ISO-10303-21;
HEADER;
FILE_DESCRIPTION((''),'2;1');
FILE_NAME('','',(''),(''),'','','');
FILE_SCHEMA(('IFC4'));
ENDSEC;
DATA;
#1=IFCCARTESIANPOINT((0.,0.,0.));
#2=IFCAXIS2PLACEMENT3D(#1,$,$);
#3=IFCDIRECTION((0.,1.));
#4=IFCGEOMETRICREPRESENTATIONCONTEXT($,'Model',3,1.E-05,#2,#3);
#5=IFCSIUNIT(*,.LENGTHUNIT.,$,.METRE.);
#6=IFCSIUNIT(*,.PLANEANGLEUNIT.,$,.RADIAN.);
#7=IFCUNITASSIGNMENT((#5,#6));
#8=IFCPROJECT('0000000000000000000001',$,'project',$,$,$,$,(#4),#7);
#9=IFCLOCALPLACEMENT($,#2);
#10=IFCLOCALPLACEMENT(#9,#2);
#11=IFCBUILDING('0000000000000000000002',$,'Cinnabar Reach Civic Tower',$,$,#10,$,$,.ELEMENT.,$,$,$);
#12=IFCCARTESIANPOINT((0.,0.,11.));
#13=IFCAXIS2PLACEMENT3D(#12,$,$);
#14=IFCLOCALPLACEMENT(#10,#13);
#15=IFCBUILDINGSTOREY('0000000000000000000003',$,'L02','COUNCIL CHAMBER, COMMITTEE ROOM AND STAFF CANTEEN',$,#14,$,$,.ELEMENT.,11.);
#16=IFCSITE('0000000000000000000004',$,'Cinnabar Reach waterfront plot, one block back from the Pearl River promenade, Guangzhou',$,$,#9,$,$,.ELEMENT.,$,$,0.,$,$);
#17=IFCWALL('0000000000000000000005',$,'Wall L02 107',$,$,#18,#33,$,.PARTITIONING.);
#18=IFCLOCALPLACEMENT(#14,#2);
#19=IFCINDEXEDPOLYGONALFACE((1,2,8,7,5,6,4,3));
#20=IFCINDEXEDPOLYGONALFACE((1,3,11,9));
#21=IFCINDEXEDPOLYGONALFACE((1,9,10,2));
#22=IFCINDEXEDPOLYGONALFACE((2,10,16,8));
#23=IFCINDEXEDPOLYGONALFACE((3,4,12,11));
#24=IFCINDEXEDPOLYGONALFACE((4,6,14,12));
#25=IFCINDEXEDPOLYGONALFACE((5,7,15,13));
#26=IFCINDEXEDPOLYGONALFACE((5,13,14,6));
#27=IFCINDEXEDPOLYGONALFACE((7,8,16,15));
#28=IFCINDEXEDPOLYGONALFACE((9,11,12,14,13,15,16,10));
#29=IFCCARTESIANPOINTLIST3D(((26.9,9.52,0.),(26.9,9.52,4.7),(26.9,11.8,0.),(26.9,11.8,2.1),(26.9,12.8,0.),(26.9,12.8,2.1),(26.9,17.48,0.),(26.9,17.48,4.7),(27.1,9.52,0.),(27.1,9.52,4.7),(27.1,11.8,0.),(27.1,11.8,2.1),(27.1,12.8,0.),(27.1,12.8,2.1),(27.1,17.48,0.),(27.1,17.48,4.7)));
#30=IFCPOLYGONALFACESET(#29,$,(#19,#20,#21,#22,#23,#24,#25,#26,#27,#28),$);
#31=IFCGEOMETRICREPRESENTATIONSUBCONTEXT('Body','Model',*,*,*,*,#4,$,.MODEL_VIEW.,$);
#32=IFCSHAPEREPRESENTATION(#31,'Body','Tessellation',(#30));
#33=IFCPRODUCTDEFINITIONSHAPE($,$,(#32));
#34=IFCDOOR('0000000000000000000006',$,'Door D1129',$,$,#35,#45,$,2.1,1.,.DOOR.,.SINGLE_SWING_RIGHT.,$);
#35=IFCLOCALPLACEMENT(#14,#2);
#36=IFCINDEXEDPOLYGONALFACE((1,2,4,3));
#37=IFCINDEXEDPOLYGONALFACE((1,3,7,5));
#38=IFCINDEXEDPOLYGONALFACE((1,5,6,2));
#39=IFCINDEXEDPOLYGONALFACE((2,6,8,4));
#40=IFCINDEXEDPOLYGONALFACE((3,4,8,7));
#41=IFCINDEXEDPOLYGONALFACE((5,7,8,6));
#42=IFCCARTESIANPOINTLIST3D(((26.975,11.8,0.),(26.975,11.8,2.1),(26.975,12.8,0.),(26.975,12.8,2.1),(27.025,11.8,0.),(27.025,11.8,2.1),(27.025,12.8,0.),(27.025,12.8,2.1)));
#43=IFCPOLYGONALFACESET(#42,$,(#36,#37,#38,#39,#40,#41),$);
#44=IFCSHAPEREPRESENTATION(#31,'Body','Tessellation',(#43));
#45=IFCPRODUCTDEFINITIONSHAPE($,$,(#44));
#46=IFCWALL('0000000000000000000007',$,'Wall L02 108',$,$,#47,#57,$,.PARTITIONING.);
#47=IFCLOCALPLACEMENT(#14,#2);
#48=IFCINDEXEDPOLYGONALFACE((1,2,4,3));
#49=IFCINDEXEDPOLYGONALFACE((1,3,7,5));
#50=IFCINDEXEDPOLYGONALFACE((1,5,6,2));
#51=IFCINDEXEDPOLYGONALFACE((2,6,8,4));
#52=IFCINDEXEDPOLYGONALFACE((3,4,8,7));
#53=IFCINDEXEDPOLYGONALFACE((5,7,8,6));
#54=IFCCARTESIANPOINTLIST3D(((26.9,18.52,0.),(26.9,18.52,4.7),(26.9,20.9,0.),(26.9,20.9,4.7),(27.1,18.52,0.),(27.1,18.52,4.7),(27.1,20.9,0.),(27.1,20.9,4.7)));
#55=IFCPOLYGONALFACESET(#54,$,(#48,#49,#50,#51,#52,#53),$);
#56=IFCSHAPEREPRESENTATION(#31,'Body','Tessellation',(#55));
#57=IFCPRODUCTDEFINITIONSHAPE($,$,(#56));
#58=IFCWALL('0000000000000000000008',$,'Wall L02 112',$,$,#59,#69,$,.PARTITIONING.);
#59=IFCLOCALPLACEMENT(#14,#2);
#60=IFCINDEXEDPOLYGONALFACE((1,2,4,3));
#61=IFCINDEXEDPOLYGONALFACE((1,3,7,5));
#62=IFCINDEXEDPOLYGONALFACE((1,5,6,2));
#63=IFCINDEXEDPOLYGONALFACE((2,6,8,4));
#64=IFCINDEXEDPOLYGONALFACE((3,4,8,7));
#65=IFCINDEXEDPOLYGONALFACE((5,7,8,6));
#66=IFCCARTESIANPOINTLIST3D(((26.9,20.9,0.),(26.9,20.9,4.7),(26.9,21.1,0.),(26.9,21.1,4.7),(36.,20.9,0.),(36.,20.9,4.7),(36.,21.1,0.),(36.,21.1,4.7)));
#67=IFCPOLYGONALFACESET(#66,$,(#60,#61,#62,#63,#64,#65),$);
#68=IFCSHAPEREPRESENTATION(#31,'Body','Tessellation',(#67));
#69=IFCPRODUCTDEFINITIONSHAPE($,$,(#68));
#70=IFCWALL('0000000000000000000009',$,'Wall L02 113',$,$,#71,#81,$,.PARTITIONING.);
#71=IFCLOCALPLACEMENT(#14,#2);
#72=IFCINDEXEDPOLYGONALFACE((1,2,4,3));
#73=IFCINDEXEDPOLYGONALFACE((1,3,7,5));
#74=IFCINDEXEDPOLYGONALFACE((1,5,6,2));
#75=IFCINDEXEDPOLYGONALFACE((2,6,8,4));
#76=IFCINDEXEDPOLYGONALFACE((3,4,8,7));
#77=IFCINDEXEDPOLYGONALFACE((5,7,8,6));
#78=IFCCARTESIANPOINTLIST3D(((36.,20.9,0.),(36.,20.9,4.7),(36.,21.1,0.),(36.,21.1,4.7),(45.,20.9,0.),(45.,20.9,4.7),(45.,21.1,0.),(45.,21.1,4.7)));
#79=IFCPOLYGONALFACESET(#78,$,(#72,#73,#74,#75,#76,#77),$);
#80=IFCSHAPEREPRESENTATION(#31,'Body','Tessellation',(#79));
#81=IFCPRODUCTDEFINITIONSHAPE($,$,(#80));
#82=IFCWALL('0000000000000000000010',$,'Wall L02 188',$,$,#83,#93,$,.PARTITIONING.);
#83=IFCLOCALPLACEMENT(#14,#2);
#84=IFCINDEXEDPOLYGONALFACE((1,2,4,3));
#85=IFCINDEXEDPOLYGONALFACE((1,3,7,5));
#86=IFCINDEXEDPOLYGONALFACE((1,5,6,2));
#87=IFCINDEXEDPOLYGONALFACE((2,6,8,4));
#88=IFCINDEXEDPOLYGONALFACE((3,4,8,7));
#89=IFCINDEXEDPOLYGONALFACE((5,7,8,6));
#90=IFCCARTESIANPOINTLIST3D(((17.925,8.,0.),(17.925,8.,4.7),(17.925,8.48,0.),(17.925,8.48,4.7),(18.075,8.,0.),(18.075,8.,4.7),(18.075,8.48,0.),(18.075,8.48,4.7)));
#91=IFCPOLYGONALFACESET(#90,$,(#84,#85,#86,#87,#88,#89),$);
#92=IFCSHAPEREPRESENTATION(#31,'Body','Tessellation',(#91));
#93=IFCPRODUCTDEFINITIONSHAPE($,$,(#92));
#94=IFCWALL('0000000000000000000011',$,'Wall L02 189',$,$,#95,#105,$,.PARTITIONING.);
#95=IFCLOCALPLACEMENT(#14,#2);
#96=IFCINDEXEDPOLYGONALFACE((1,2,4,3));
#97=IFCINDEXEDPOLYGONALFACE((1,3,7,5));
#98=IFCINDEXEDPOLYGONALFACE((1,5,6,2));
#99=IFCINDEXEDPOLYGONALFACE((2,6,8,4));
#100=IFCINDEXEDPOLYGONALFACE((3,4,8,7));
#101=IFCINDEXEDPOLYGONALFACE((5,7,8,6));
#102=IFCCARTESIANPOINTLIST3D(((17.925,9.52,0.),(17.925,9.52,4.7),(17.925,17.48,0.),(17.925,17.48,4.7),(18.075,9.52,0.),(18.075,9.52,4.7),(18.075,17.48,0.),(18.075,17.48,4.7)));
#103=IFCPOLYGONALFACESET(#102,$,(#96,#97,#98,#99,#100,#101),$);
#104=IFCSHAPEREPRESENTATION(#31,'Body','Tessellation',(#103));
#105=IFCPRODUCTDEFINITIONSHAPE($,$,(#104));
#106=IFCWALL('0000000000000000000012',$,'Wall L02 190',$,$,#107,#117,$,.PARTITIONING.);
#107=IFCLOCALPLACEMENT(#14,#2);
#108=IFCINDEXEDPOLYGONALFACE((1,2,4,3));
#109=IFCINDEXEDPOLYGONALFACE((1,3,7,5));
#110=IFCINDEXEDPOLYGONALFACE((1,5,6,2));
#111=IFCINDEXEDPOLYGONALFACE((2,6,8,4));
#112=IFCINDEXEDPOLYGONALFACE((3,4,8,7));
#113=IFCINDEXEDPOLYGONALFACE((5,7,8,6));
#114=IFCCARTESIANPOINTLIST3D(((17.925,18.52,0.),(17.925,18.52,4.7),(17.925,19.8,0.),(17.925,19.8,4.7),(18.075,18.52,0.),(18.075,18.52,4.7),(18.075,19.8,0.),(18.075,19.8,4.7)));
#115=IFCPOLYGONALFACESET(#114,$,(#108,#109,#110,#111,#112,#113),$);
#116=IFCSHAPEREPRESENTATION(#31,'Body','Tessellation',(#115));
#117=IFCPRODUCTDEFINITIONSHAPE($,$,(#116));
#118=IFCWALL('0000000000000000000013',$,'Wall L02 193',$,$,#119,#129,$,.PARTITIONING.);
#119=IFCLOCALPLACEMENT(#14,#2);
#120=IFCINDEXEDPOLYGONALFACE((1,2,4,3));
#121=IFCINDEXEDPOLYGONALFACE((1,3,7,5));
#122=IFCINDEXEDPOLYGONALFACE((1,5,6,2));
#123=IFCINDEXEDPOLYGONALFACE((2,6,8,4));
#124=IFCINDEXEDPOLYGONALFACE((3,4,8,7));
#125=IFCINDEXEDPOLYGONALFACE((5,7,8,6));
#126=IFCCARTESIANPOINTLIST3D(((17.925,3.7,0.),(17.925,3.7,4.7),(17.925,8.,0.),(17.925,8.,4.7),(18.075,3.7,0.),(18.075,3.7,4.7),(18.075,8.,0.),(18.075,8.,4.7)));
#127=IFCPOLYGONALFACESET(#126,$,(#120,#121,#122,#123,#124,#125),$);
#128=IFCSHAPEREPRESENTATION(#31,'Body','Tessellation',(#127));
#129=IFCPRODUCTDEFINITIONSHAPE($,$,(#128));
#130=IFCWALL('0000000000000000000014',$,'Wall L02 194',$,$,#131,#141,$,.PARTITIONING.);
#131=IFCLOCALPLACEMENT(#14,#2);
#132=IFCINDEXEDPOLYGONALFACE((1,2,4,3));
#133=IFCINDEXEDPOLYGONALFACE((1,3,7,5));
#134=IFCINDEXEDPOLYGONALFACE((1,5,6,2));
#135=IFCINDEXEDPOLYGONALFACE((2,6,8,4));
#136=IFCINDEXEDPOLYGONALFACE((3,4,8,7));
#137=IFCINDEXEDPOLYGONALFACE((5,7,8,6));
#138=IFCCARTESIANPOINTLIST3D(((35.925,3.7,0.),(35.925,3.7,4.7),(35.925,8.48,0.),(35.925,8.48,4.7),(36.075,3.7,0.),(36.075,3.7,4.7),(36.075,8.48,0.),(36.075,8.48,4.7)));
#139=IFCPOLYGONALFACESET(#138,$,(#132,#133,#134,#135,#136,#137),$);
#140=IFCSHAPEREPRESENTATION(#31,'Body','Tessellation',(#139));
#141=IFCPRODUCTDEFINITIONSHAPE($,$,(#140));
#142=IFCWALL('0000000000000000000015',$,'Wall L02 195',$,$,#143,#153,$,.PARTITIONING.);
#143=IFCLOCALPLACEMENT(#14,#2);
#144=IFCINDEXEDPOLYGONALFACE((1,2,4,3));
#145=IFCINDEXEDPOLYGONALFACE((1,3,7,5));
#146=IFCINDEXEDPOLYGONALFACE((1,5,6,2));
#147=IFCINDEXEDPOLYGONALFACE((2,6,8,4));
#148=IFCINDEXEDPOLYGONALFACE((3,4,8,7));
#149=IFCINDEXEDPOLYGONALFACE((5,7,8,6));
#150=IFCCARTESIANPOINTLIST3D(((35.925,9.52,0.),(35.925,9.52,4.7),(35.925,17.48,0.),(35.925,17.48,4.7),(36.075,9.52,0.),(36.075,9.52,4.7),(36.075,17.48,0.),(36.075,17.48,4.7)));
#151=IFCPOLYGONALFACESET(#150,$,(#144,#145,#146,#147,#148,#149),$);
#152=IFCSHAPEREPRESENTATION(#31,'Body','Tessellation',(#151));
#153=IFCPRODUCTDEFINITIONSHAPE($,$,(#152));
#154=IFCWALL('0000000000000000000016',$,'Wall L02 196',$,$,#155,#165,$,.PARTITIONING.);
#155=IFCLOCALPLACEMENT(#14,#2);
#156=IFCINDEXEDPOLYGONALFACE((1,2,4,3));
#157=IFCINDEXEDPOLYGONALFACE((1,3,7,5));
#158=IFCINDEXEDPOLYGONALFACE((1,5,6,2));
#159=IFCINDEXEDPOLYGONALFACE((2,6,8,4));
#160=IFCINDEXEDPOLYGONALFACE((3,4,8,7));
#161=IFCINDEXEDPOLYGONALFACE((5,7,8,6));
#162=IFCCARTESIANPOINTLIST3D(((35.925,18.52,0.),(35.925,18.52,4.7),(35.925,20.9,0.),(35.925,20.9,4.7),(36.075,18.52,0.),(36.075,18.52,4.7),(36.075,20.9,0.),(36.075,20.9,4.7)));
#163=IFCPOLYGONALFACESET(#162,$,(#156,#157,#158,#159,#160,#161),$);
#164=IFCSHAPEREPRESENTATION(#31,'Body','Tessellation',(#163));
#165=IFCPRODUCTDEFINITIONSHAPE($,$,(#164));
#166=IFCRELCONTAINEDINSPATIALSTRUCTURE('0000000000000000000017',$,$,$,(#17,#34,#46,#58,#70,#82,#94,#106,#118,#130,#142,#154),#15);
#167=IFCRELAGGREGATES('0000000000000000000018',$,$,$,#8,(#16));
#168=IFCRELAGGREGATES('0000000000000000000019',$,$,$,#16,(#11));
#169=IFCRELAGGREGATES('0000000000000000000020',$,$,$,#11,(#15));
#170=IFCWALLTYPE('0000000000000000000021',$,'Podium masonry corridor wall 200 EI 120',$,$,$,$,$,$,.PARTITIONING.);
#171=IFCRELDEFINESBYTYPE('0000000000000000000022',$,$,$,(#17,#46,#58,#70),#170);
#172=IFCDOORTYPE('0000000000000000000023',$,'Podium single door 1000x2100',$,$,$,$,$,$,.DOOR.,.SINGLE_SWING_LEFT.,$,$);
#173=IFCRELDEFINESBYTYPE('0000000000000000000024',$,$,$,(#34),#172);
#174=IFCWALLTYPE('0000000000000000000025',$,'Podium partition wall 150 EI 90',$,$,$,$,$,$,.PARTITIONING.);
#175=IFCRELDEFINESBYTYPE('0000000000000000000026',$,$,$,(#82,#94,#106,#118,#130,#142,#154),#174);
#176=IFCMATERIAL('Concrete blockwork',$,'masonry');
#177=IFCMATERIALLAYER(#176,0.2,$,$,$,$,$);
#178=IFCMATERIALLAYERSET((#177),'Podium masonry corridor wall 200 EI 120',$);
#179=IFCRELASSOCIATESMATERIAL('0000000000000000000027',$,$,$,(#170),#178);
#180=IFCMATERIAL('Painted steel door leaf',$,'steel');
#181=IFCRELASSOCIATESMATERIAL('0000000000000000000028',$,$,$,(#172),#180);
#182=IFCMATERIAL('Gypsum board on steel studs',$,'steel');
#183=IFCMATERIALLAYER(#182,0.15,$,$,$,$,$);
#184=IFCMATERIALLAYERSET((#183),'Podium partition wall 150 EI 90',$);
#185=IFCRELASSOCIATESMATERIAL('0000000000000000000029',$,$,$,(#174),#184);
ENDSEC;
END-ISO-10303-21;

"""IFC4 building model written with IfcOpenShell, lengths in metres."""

from ifc_helpers import new_model, si_unit, direction, frame, frame_2d, origin, place, context, subcontext, project, spatial, rectangle, extrude, material, layer, layer_set, type_object, element, fill, save


model = new_model("IFC4")

# Units and contexts
model_context = context("Model", 3, precision=1e-05, world=origin(), true_north=direction((0.0, 1.0)))
body_context = subcontext(model_context, "Body", "Model", "MODEL_VIEW")
ifc_project = project(units=[si_unit("LENGTHUNIT", "METRE"), si_unit("PLANEANGLEUNIT", "RADIAN")], contexts=[model_context])

# Site, building, storey
site_placement = place(None, origin())
site = spatial("IfcSite", under=ifc_project, at=site_placement, Name="Cinnabar Reach waterfront plot, one block back from the Pearl River promenade, Guangzhou", CompositionType="ELEMENT", RefElevation=0.0)
building_placement = place(site_placement, origin())
building = spatial("IfcBuilding", under=site, at=building_placement, Name="Cinnabar Reach Civic Tower", CompositionType="ELEMENT")
storey_placement = place(building_placement, frame((0.0, 0.0, 11.0)))
storey = spatial("IfcBuildingStorey", under=building, at=storey_placement, Name="L02", Description="COUNCIL CHAMBER, COMMITTEE ROOM AND STAFF CANTEEN", CompositionType="ELEMENT", Elevation=11.0)

# Shared definitions
ifc_material_1 = material(Name="Concrete blockwork", Category="masonry")
ifc_layer_1 = layer(ifc_material_1, 0.2)
ifc_layer_set_1 = layer_set([ifc_layer_1], Name="Podium masonry corridor wall 200 EI 120")
wall_type_1 = type_object("IfcWallType", Name="Podium masonry corridor wall 200 EI 120", PredefinedType="PARTITIONING", material=ifc_layer_set_1)
ifc_material_2 = material(Name="Painted steel door leaf", Category="steel")
door_type_1 = type_object("IfcDoorType", Name="Podium single door 1000x2100", OperationType="SINGLE_SWING_LEFT", PredefinedType="DOOR", material=ifc_material_2)

# Wall, opening, door
wall_1_placement = place(storey_placement, frame((27.0, 9.52, 0.0), z_axis=(0.0, 0.0, 1.0), x_axis=(0.0, 1.0, 0.0)))
wall_1 = element("IfcWall", 1, at=wall_1_placement, inside=storey, type_object=wall_type_1, Name="Wall L02 107", PredefinedType="PARTITIONING", context=body_context, shape_type="SweptSolid", body=[
    extrude(rectangle(XDim=7.96, YDim=0.2, at=frame_2d((3.98, 0.0))), origin(), (0.0, 0.0, 1.0), 4.7),
])
opening_1_placement = place(wall_1_placement, frame((2.28, 0.0, 0.0)))
opening_1 = element("IfcOpeningElement", 2, at=opening_1_placement, cuts=wall_1, PredefinedType="OPENING", context=body_context, shape_type="SweptSolid", body=[
    extrude(rectangle(XDim=1.0, YDim=2.1, at=frame_2d((0.5, 1.05))), frame((0.0, 0.11, 0.0), z_axis=(0.0, -1.0, 0.0), x_axis=(1.0, 0.0, 0.0)), (0.0, 0.0, 1.0), 0.22),
])
door_1_placement = place(opening_1_placement, frame((1.0, 0.0, 0.0), z_axis=(0.0, 0.0, 1.0), x_axis=(-1.0, 0.0, 0.0)))
door_1 = element("IfcDoor", 3, at=door_1_placement, inside=storey, type_object=door_type_1, Name="Door D1129", OperationType="SINGLE_SWING_RIGHT", OverallHeight=2.1, OverallWidth=1.0, PredefinedType="DOOR", context=body_context, shape_type="SweptSolid", body=[
    extrude(rectangle(XDim=1.0, YDim=2.1, at=frame_2d((0.5, 1.05))), frame((0.0, 0.025, 0.0), z_axis=(0.0, -1.0, 0.0), x_axis=(1.0, 0.0, 0.0)), (0.0, 0.0, 1.0), 0.05),
])
fill(opening_1, door_1)

# Walls
wall_2_placement = place(storey_placement, frame((27.0, 18.52, 0.0), z_axis=(0.0, 0.0, 1.0), x_axis=(0.0, 1.0, 0.0)))
element("IfcWall", 4, at=wall_2_placement, inside=storey, type_object=wall_type_1, Name="Wall L02 108", PredefinedType="PARTITIONING", context=body_context, shape_type="SweptSolid", body=[
    extrude(rectangle(XDim=2.38, YDim=0.2, at=frame_2d((1.19, 0.0))), origin(), (0.0, 0.0, 1.0), 4.7),
])
wall_3_placement = place(storey_placement, frame((26.9, 21.0, 0.0), z_axis=(0.0, 0.0, 1.0), x_axis=(1.0, 0.0, 0.0)))
element("IfcWall", 5, at=wall_3_placement, inside=storey, type_object=wall_type_1, Name="Wall L02 112", PredefinedType="PARTITIONING", context=body_context, shape_type="SweptSolid", body=[
    extrude(rectangle(XDim=9.1, YDim=0.2, at=frame_2d((4.55, 0.0))), origin(), (0.0, 0.0, 1.0), 4.7),
])
wall_4_placement = place(storey_placement, frame((36.0, 21.0, 0.0), z_axis=(0.0, 0.0, 1.0), x_axis=(1.0, 0.0, 0.0)))
element("IfcWall", 6, at=wall_4_placement, inside=storey, type_object=wall_type_1, Name="Wall L02 113", PredefinedType="PARTITIONING", context=body_context, shape_type="SweptSolid", body=[
    extrude(rectangle(XDim=9.0, YDim=0.2, at=frame_2d((4.5, 0.0))), origin(), (0.0, 0.0, 1.0), 4.7),
])
ifc_material_3 = material(Name="Gypsum board on steel studs", Category="steel")
ifc_layer_2 = layer(ifc_material_3, 0.15)
ifc_layer_set_2 = layer_set([ifc_layer_2], Name="Podium partition wall 150 EI 90")
wall_type_2 = type_object("IfcWallType", Name="Podium partition wall 150 EI 90", PredefinedType="PARTITIONING", material=ifc_layer_set_2)
wall_5_placement = place(storey_placement, frame((18.0, 8.0, 0.0), z_axis=(0.0, 0.0, 1.0), x_axis=(0.0, 1.0, 0.0)))
element("IfcWall", 7, at=wall_5_placement, inside=storey, type_object=wall_type_2, Name="Wall L02 188", PredefinedType="PARTITIONING", context=body_context, shape_type="SweptSolid", body=[
    extrude(rectangle(XDim=0.48, YDim=0.15, at=frame_2d((0.24, 0.0))), origin(), (0.0, 0.0, 1.0), 4.7),
])
wall_6_placement = place(storey_placement, frame((18.0, 9.52, 0.0), z_axis=(0.0, 0.0, 1.0), x_axis=(0.0, 1.0, 0.0)))
element("IfcWall", 8, at=wall_6_placement, inside=storey, type_object=wall_type_2, Name="Wall L02 189", PredefinedType="PARTITIONING", context=body_context, shape_type="SweptSolid", body=[
    extrude(rectangle(XDim=7.96, YDim=0.15, at=frame_2d((3.98, 0.0))), origin(), (0.0, 0.0, 1.0), 4.7),
])
wall_7_placement = place(storey_placement, frame((18.0, 18.52, 0.0), z_axis=(0.0, 0.0, 1.0), x_axis=(0.0, 1.0, 0.0)))
element("IfcWall", 9, at=wall_7_placement, inside=storey, type_object=wall_type_2, Name="Wall L02 190", PredefinedType="PARTITIONING", context=body_context, shape_type="SweptSolid", body=[
    extrude(rectangle(XDim=1.28, YDim=0.15, at=frame_2d((0.64, 0.0))), origin(), (0.0, 0.0, 1.0), 4.7),
])
wall_8_placement = place(storey_placement, frame((18.0, 3.7, 0.0), z_axis=(0.0, 0.0, 1.0), x_axis=(0.0, 1.0, 0.0)))
element("IfcWall", 10, at=wall_8_placement, inside=storey, type_object=wall_type_2, Name="Wall L02 193", PredefinedType="PARTITIONING", context=body_context, shape_type="SweptSolid", body=[
    extrude(rectangle(XDim=4.3, YDim=0.15, at=frame_2d((2.15, 0.0))), origin(), (0.0, 0.0, 1.0), 4.7),
])
wall_9_placement = place(storey_placement, frame((36.0, 3.7, 0.0), z_axis=(0.0, 0.0, 1.0), x_axis=(0.0, 1.0, 0.0)))
element("IfcWall", 11, at=wall_9_placement, inside=storey, type_object=wall_type_2, Name="Wall L02 194", PredefinedType="PARTITIONING", context=body_context, shape_type="SweptSolid", body=[
    extrude(rectangle(XDim=4.78, YDim=0.15, at=frame_2d((2.39, 0.0))), origin(), (0.0, 0.0, 1.0), 4.7),
])
wall_10_placement = place(storey_placement, frame((36.0, 9.52, 0.0), z_axis=(0.0, 0.0, 1.0), x_axis=(0.0, 1.0, 0.0)))
element("IfcWall", 12, at=wall_10_placement, inside=storey, type_object=wall_type_2, Name="Wall L02 195", PredefinedType="PARTITIONING", context=body_context, shape_type="SweptSolid", body=[
    extrude(rectangle(XDim=7.96, YDim=0.15, at=frame_2d((3.98, 0.0))), origin(), (0.0, 0.0, 1.0), 4.7),
])
wall_11_placement = place(storey_placement, frame((36.0, 18.52, 0.0), z_axis=(0.0, 0.0, 1.0), x_axis=(0.0, 1.0, 0.0)))
element("IfcWall", 13, at=wall_11_placement, inside=storey, type_object=wall_type_2, Name="Wall L02 196", PredefinedType="PARTITIONING", context=body_context, shape_type="SweptSolid", body=[
    extrude(rectangle(XDim=2.38, YDim=0.15, at=frame_2d((1.19, 0.0))), origin(), (0.0, 0.0, 1.0), 4.7),
])

save(model, "model.ifc")
